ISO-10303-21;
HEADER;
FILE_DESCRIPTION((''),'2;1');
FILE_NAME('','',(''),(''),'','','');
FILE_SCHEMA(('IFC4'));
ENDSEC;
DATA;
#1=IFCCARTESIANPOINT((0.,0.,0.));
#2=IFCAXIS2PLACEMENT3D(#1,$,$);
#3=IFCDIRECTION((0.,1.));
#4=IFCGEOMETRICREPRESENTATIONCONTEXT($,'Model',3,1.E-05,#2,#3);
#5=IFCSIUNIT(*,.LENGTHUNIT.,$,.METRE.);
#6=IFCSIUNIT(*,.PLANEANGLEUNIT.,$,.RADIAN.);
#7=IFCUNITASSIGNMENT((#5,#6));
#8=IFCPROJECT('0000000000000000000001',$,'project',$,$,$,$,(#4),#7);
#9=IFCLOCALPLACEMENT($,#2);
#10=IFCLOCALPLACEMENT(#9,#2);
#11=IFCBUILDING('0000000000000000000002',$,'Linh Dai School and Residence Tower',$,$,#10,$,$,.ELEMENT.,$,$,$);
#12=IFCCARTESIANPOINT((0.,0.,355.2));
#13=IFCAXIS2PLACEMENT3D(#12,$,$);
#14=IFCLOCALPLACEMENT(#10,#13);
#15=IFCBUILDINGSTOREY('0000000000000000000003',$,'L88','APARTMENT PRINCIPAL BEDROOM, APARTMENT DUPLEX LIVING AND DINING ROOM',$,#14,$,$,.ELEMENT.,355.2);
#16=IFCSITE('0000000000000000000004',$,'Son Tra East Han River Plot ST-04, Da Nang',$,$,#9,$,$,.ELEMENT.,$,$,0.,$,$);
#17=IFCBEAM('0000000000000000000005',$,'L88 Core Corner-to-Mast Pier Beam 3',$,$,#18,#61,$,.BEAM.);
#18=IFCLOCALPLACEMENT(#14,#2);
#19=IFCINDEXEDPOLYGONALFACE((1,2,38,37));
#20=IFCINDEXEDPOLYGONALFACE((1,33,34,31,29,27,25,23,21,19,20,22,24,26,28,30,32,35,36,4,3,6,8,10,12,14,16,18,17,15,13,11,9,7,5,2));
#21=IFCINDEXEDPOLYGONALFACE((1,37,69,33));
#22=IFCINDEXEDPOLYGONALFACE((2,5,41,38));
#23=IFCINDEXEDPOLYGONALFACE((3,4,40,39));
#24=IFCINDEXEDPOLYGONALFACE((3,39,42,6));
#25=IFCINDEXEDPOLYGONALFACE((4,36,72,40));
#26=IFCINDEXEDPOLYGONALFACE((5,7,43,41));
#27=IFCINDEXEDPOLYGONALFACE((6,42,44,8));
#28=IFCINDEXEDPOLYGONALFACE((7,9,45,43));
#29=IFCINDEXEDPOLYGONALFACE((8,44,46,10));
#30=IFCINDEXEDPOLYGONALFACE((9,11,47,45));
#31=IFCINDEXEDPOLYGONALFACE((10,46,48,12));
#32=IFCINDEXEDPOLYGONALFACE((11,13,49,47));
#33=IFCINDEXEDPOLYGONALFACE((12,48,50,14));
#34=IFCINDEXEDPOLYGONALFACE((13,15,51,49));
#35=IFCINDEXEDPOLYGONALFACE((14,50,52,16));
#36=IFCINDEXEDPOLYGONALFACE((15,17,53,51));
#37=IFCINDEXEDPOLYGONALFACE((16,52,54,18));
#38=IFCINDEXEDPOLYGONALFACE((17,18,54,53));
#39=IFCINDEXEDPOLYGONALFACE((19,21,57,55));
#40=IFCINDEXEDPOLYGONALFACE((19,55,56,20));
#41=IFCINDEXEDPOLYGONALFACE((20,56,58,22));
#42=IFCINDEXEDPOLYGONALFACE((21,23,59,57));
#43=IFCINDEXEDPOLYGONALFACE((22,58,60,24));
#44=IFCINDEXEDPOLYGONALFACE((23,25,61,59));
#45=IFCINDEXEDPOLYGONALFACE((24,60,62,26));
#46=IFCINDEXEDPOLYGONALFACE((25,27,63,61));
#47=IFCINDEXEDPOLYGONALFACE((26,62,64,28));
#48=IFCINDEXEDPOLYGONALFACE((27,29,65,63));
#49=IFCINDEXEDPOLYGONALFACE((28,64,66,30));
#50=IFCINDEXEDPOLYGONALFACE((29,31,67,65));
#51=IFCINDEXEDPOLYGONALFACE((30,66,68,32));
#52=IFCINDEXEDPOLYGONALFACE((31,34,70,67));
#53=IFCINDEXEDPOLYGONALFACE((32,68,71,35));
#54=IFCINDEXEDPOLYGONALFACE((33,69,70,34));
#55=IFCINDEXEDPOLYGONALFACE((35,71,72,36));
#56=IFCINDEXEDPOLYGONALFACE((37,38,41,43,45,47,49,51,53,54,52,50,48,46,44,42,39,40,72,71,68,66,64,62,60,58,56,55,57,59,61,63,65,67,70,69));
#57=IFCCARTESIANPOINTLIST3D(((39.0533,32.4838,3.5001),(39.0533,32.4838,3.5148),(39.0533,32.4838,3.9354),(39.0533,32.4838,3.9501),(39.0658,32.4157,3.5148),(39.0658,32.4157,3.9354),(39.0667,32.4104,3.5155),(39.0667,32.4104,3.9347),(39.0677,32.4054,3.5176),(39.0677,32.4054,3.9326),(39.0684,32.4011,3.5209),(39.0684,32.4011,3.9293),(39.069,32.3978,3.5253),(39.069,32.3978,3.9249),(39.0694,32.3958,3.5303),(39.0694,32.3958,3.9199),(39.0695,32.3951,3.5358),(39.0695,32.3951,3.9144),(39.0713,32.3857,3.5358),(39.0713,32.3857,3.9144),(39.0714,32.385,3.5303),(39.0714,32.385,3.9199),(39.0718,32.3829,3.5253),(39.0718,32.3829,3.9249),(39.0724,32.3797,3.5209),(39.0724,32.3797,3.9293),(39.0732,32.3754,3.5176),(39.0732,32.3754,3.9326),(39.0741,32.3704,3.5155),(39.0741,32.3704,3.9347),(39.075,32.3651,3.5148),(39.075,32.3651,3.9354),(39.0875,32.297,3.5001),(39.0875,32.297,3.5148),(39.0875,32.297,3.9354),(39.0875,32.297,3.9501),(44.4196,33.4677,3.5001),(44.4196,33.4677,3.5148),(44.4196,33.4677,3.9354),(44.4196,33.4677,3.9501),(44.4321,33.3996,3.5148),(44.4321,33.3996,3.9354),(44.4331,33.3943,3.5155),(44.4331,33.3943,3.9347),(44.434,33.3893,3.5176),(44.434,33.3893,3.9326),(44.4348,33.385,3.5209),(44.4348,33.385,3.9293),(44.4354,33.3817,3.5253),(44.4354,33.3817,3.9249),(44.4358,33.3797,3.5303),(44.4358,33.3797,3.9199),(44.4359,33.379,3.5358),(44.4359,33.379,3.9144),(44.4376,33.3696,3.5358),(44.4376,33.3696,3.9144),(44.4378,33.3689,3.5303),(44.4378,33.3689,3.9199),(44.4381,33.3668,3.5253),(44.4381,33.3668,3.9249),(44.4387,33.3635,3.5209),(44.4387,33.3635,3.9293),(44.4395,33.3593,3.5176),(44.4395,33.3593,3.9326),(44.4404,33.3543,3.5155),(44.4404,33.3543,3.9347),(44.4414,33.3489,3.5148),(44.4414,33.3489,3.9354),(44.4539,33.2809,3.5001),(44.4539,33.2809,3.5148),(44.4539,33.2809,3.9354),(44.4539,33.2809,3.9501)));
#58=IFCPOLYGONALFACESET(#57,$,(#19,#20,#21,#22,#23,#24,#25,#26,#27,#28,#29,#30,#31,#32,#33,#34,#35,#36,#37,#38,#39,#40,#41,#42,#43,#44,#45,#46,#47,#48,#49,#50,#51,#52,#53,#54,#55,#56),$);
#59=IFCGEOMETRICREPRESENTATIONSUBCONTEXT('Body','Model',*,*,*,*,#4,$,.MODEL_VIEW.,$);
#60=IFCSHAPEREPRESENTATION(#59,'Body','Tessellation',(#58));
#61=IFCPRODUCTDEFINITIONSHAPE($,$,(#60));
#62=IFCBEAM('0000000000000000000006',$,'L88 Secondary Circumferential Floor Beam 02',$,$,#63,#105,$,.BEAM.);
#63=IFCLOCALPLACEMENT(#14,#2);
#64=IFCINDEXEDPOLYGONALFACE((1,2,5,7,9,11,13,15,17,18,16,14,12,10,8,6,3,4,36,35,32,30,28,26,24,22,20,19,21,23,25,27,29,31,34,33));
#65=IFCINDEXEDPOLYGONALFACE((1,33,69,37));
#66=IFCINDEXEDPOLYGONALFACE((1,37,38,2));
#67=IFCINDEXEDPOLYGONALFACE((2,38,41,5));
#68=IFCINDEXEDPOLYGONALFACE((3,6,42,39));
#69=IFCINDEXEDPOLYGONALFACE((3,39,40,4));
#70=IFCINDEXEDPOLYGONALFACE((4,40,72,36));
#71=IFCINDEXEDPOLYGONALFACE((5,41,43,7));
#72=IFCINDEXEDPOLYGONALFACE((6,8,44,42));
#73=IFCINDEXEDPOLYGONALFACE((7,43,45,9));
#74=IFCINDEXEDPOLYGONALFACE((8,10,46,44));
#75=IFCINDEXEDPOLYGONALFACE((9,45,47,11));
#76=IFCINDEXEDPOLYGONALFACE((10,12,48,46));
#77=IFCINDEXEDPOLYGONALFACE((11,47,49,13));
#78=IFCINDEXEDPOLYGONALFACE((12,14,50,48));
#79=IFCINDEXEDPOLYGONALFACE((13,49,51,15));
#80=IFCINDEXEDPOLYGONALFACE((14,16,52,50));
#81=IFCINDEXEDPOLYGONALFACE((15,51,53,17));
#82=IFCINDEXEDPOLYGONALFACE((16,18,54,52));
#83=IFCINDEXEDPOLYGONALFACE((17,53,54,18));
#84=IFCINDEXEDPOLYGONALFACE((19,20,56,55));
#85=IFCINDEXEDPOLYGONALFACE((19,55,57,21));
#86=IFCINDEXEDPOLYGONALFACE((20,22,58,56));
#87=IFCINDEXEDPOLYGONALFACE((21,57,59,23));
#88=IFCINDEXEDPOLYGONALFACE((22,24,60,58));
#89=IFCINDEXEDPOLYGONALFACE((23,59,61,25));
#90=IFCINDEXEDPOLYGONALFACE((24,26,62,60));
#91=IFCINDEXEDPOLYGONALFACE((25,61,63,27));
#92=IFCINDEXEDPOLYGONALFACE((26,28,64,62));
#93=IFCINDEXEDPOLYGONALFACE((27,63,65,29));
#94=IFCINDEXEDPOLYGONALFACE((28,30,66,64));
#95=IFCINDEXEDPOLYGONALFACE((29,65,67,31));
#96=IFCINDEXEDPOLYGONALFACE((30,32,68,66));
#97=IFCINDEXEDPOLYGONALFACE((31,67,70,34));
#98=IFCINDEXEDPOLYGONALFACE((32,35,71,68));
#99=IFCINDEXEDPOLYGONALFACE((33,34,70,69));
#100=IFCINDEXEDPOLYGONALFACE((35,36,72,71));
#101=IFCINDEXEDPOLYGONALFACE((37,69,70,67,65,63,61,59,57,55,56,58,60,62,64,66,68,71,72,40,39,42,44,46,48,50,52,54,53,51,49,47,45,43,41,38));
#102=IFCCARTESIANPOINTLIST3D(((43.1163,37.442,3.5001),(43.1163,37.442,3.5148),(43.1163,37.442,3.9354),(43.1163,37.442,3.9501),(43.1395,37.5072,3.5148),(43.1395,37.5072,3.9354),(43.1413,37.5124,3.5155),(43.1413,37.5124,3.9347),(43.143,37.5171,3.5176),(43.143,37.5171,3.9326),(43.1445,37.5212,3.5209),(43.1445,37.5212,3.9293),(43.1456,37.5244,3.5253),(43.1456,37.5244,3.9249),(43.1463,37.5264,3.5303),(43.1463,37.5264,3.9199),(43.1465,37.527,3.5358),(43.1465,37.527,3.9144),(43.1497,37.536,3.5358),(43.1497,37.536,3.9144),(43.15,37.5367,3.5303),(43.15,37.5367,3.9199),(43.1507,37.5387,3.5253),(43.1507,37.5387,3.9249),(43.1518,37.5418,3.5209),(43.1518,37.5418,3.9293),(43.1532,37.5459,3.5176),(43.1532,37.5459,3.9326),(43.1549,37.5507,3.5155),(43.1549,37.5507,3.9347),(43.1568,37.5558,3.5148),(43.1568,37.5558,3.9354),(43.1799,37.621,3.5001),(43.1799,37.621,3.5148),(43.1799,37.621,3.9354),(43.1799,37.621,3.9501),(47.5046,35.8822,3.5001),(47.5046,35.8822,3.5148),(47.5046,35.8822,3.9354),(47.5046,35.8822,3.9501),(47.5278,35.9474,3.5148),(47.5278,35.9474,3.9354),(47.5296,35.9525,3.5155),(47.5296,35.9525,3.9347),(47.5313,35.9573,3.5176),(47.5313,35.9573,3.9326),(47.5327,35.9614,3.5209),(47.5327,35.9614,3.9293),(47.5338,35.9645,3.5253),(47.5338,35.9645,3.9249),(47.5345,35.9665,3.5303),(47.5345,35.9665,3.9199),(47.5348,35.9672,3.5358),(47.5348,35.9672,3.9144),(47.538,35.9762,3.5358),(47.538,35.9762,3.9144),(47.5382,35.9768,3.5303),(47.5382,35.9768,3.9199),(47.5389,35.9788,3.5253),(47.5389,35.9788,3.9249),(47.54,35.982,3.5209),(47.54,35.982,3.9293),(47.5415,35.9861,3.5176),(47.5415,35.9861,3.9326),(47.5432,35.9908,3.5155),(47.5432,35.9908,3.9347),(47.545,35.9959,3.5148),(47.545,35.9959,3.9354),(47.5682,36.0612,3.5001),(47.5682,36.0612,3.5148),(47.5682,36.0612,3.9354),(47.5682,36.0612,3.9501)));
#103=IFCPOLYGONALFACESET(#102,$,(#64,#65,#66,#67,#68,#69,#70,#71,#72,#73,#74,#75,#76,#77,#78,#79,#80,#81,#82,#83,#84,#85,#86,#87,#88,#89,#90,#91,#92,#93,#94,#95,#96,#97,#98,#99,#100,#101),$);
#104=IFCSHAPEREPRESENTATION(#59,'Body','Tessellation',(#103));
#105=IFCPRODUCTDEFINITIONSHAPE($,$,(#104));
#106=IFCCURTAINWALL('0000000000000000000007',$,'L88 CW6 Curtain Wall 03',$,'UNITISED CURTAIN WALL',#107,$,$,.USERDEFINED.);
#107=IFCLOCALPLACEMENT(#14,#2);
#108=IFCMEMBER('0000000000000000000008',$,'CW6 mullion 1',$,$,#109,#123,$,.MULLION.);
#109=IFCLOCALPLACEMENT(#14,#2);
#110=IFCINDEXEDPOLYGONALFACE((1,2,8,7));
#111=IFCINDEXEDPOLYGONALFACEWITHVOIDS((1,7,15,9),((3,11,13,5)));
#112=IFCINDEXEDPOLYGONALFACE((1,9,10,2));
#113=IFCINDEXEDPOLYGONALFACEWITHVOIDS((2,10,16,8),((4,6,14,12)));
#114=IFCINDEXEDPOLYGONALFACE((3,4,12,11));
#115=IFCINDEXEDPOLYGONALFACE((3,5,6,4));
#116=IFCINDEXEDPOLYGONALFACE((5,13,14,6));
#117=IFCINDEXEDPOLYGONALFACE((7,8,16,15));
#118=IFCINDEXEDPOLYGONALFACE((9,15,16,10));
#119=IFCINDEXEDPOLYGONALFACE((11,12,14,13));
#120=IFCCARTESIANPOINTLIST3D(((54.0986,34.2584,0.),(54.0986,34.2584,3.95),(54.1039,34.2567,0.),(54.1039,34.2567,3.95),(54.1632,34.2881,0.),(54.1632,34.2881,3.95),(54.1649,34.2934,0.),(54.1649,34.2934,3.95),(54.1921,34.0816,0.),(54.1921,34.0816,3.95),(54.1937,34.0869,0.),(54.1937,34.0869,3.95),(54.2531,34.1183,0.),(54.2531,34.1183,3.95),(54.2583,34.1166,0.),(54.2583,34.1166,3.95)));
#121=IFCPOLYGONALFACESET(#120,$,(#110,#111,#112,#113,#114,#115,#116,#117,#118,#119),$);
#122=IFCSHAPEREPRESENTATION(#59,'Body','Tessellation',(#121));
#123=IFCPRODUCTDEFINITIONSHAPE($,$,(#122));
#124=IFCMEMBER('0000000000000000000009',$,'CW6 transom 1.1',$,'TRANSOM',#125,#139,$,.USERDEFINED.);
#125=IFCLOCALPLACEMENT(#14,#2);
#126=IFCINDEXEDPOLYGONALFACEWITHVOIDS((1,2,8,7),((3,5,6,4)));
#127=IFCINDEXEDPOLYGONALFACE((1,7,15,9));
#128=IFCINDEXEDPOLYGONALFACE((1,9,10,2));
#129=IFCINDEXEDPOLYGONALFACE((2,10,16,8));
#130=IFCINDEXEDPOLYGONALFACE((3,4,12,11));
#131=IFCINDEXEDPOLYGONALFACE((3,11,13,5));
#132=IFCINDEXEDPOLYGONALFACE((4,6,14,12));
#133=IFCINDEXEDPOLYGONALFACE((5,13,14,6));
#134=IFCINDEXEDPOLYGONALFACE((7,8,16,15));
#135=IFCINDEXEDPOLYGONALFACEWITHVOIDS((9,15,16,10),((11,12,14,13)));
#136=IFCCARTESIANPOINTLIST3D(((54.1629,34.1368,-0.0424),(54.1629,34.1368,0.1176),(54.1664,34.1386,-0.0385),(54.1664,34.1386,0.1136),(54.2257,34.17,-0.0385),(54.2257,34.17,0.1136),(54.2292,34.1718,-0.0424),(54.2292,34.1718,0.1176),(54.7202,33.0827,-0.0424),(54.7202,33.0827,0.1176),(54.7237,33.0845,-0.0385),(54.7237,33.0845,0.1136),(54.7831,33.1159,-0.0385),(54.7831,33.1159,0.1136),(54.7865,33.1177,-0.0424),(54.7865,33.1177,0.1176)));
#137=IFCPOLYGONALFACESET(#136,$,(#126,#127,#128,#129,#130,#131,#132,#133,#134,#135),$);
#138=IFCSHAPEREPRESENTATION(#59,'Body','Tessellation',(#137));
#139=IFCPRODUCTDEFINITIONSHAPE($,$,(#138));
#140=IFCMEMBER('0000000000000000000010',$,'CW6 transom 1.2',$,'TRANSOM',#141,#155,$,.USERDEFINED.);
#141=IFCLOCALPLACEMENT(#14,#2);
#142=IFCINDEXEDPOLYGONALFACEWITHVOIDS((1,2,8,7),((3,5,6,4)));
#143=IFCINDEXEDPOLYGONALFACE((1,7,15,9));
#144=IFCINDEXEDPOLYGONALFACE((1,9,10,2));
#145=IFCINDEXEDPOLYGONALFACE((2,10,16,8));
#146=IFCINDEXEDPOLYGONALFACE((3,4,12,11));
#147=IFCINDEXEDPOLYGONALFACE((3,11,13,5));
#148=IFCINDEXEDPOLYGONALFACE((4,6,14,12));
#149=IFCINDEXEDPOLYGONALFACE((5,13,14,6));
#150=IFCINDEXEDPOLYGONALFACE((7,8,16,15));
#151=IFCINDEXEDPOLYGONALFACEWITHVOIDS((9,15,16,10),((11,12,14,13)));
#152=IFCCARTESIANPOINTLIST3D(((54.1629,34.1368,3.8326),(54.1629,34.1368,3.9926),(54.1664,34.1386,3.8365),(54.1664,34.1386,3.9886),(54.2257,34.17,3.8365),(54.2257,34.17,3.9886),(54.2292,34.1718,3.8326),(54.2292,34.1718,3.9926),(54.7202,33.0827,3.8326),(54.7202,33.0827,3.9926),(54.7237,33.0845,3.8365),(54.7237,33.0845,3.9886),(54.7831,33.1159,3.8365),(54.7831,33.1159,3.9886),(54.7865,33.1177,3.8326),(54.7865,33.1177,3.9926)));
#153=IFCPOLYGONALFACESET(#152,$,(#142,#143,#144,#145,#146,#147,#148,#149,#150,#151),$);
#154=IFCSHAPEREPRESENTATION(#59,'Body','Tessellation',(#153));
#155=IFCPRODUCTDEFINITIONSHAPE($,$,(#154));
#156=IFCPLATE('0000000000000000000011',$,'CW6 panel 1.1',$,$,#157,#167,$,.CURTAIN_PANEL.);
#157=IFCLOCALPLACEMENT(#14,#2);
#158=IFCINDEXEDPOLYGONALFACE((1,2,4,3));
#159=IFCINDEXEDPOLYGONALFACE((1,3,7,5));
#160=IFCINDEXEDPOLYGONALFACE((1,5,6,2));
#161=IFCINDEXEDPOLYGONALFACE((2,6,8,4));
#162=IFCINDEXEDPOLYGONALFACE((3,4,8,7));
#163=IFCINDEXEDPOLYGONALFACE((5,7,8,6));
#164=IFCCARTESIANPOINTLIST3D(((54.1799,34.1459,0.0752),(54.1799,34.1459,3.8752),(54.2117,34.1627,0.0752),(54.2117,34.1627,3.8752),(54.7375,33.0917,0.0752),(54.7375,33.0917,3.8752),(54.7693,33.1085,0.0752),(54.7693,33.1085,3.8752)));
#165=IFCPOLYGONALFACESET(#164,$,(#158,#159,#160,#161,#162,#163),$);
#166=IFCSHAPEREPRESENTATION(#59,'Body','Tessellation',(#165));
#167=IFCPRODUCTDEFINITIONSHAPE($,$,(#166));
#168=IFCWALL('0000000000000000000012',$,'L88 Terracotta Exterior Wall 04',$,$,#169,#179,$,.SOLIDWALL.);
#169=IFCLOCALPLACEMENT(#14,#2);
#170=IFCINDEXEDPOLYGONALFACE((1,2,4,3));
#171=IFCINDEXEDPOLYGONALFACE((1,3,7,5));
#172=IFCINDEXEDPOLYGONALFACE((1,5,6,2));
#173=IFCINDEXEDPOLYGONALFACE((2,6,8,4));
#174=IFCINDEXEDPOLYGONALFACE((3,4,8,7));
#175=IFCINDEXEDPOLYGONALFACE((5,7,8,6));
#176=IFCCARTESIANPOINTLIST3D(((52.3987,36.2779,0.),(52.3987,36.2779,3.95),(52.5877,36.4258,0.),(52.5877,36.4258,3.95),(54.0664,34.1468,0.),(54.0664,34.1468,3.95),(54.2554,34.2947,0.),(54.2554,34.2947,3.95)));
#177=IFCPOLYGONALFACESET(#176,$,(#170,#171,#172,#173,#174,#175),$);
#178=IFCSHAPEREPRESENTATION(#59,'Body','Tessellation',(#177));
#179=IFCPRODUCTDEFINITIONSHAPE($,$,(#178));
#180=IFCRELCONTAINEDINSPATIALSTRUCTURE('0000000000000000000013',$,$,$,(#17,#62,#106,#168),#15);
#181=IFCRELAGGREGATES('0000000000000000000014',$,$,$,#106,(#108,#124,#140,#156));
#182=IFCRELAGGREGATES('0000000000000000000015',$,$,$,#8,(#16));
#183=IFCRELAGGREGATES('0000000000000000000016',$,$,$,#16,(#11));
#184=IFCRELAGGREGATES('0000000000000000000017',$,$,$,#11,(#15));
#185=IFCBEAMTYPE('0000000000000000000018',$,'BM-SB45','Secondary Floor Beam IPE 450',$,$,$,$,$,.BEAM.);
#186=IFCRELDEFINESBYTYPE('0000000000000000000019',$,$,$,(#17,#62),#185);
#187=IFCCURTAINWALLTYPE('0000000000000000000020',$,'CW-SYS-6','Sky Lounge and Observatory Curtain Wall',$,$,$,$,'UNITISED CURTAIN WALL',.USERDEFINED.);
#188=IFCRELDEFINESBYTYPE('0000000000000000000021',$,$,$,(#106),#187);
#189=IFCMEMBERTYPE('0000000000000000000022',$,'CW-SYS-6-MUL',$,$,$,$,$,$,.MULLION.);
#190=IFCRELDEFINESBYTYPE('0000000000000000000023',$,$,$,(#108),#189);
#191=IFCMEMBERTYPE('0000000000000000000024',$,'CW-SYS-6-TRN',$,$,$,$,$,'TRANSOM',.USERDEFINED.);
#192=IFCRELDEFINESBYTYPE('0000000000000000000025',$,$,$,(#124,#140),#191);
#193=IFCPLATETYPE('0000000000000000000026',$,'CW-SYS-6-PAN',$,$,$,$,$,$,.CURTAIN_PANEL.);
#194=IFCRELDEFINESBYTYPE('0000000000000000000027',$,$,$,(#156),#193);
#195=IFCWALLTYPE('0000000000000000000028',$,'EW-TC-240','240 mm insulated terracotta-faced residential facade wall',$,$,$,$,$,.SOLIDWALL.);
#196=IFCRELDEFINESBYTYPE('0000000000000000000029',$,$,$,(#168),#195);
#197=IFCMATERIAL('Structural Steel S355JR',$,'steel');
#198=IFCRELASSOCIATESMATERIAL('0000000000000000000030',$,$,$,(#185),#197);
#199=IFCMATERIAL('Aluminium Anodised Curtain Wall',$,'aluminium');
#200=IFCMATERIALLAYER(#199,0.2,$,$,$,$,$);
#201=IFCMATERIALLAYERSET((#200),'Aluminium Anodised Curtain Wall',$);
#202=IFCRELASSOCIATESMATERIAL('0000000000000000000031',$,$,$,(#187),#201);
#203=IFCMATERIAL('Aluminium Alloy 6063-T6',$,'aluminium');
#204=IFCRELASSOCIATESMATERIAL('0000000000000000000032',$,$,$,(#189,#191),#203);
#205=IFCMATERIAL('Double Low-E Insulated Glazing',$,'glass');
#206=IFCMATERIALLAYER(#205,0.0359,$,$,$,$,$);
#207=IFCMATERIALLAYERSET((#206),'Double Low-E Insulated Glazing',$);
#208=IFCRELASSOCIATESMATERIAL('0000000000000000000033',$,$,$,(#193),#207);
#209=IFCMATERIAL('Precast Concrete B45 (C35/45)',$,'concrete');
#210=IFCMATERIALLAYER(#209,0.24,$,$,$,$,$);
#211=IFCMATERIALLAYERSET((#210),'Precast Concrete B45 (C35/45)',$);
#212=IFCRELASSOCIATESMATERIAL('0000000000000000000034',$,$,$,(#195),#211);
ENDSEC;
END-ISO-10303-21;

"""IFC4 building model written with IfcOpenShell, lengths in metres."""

from ifc_helpers import new_model, si_unit, direction, frame, frame_2d, origin, origin_2d, place, context, subcontext, project, spatial, rectangle, hollow_rectangle, i_section, extrude, source, transform, mapped, material, layer, layer_set, material_profile, profile_set, type_object, element, aggregate, save


model = new_model("IFC4")

# Units and contexts
model_context = context("Model", 3, precision=1e-05, world=origin(), true_north=direction((0.0, 1.0)))
body_context = subcontext(model_context, "Body", "Model", "MODEL_VIEW")
ifc_project = project(units=[si_unit("LENGTHUNIT", "METRE"), si_unit("PLANEANGLEUNIT", "RADIAN")], contexts=[model_context])

# Site, building, storey
site_placement = place(None, origin())
site = spatial("IfcSite", under=ifc_project, at=site_placement, Name="Son Tra East Han River Plot ST-04, Da Nang", CompositionType="ELEMENT", RefElevation=0.0)
building_placement = place(site_placement, origin())
building = spatial("IfcBuilding", under=site, at=building_placement, Name="Linh Dai School and Residence Tower", CompositionType="ELEMENT")
storey_placement = place(building_placement, frame((0.0, 0.0, 355.2)))
storey = spatial("IfcBuildingStorey", under=building, at=storey_placement, Name="L88", Description="APARTMENT PRINCIPAL BEDROOM, APARTMENT DUPLEX LIVING AND DINING ROOM", CompositionType="ELEMENT", Elevation=355.2)

# Shared definitions
ifc_material_1 = material(Name="Structural Steel S355JR", Category="steel")

# Beams
ifc_material_profile_1 = material_profile(ifc_material_1, i_section(OverallWidth=0.1899, OverallDepth=0.45, WebThickness=0.0095, FlangeThickness=0.0146, FilletRadius=0.021, at=origin_2d()), Name="IPE 450")
ifc_profile_set_1 = profile_set([ifc_material_profile_1], Name="Structural Steel S355JR")
beam_type_1 = type_object("IfcBeamType", Name="BM-SB45", Description="Secondary Floor Beam IPE 450", PredefinedType="BEAM", material=ifc_profile_set_1)
beam_1_placement = place(storey_placement, frame((44.4368, 33.3743, 3.7251), z_axis=(-0.983605, -0.180334, 0.0), x_axis=(0.180334, -0.983605, 0.0)))
element("IfcBeam", 1, at=beam_1_placement, inside=storey, type_object=beam_type_1, Name="L88 Core Corner-to-Mast Pier Beam 3", PredefinedType="BEAM", context=body_context, shape_type="SweptSolid", body=[
    extrude(i_section(OverallWidth=0.1899, OverallDepth=0.45, WebThickness=0.0095, FlangeThickness=0.0146, FilletRadius=0.021, at=origin_2d()), origin(), (0.0, 0.0, 1.0), 5.4558),
])
beam_2_placement = place(storey_placement, frame((47.5364, 35.9717, 3.7251), z_axis=(-0.942244, 0.334928, 0.0), x_axis=(-0.334928, -0.942244, 0.0)))
element("IfcBeam", 2, at=beam_2_placement, inside=storey, type_object=beam_type_1, Name="L88 Secondary Circumferential Floor Beam 02", PredefinedType="BEAM", context=body_context, shape_type="SweptSolid", body=[
    extrude(i_section(OverallWidth=0.1899, OverallDepth=0.45, WebThickness=0.0095, FlangeThickness=0.0146, FilletRadius=0.021, at=origin_2d()), origin(), (0.0, 0.0, 1.0), 4.6572),
])

# Curtain wall, members, plate
ifc_material_2 = material(Name="Aluminium Anodised Curtain Wall", Category="aluminium")
ifc_layer_1 = layer(ifc_material_2, 0.2)
ifc_layer_set_1 = layer_set([ifc_layer_1], Name="Aluminium Anodised Curtain Wall")
curtain_wall_type = type_object("IfcCurtainWallType", Name="CW-SYS-6", Description="Sky Lounge and Observatory Curtain Wall", ElementType="UNITISED CURTAIN WALL", PredefinedType="USERDEFINED", material=ifc_layer_set_1)
curtain_wall_placement = place(storey_placement, origin())
curtain_wall = element("IfcCurtainWall", 3, at=curtain_wall_placement, inside=storey, type_object=curtain_wall_type, Name="L88 CW6 Curtain Wall 03", ObjectType="UNITISED CURTAIN WALL", PredefinedType="USERDEFINED")
ifc_material_3 = material(Name="Aluminium Alloy 6063-T6", Category="aluminium")
ifc_material_profile_2 = material_profile(ifc_material_3, hollow_rectangle(XDim=0.075, YDim=0.2, WallThickness=0.0039, at=origin_2d()), Name="RHS 200x75x4")
ifc_profile_set_2 = profile_set([ifc_material_profile_2], Name="Aluminium Alloy 6063-T6")
member_type_1 = type_object("IfcMemberType", Name="CW-SYS-6-MUL", PredefinedType="MULLION", material=ifc_profile_set_2)
shared_shape_1 = source(origin(), body_context, "Body", "SweptSolid", [
    extrude(hollow_rectangle(XDim=0.075, YDim=0.2, WallThickness=0.0039, at=origin_2d()), origin(), (0.0, 0.0, 1.0), 3.95),
])
member_1_placement = place(storey_placement, frame((54.1785, 34.1875, 0.0), z_axis=(0.0, 0.0, 1.0), x_axis=(0.883972, 0.46754, 0.0)))
member_1 = element("IfcMember", 4, at=member_1_placement, type_object=member_type_1, Name="CW6 mullion 1", PredefinedType="MULLION", context=body_context, shape_type="MappedRepresentation", body=[
    mapped(shared_shape_1, transform((0.0, 0.0, 0.0), x_axis=(1.0, 0.0, 0.0), y_axis=(0.0, 1.0, 0.0), z_axis=(0.0, 0.0, 1.0), scale=1.0)),
])
ifc_material_profile_3 = material_profile(ifc_material_3, hollow_rectangle(XDim=0.075, YDim=0.1599, WallThickness=0.0039, at=origin_2d()), Name="RHS 160x75x4")
ifc_profile_set_3 = profile_set([ifc_material_profile_3], Name="Aluminium Alloy 6063-T6")
member_type_2 = type_object("IfcMemberType", Name="CW-SYS-6-TRN", ElementType="TRANSOM", PredefinedType="USERDEFINED", material=ifc_profile_set_3)
shared_shape_2 = source(origin(), body_context, "Body", "SweptSolid", [
    extrude(hollow_rectangle(XDim=0.075, YDim=0.1599, WallThickness=0.0039, at=origin_2d()), origin(), (0.0, 0.0, 1.0), 1.1924),
])
member_2_placement = place(storey_placement, frame((54.196, 34.1543, 0.0376), z_axis=(0.467408, -0.884042, 0.0), x_axis=(0.884042, 0.467408, 0.0)))
member_2 = element("IfcMember", 5, at=member_2_placement, type_object=member_type_2, Name="CW6 transom 1.1", ObjectType="TRANSOM", PredefinedType="USERDEFINED", context=body_context, shape_type="MappedRepresentation", body=[
    mapped(shared_shape_2, transform((0.0, 0.0, 0.0), x_axis=(1.0, 0.0, 0.0), y_axis=(0.0, 1.0, 0.0), z_axis=(0.0, 0.0, 1.0), scale=1.0)),
])
member_3_placement = place(storey_placement, frame((54.196, 34.1543, 3.9126), z_axis=(0.467408, -0.884042, 0.0), x_axis=(0.884042, 0.467408, 0.0)))
member_3 = element("IfcMember", 6, at=member_3_placement, type_object=member_type_2, Name="CW6 transom 1.2", ObjectType="TRANSOM", PredefinedType="USERDEFINED", context=body_context, shape_type="MappedRepresentation", body=[
    mapped(shared_shape_2, transform((0.0, 0.0, 0.0), x_axis=(1.0, 0.0, 0.0), y_axis=(0.0, 1.0, 0.0), z_axis=(0.0, 0.0, 1.0), scale=1.0)),
])
ifc_material_4 = material(Name="Double Low-E Insulated Glazing", Category="glass")
ifc_layer_2 = layer(ifc_material_4, 0.0359)
ifc_layer_set_2 = layer_set([ifc_layer_2], Name="Double Low-E Insulated Glazing")
plate_type = type_object("IfcPlateType", Name="CW-SYS-6-PAN", PredefinedType="CURTAIN_PANEL", material=ifc_layer_set_2)
shared_shape_3 = source(origin(), body_context, "Body", "SweptSolid", [
    extrude(rectangle(XDim=1.1926, YDim=0.0359, at=origin_2d()), origin(), (0.0, 0.0, 1.0), 3.8),
])
plate_placement = place(storey_placement, frame((54.4746, 33.6272, 0.0752), z_axis=(0.0, 0.0, 1.0), x_axis=(0.46754, -0.883972, 0.0)))
plate = element("IfcPlate", 7, at=plate_placement, type_object=plate_type, Name="CW6 panel 1.1", PredefinedType="CURTAIN_PANEL", context=body_context, shape_type="MappedRepresentation", body=[
    mapped(shared_shape_3, transform((0.0, 0.0, 0.0), x_axis=(1.0, 0.0, 0.0), y_axis=(0.0, 1.0, 0.0), z_axis=(0.0, 0.0, 1.0), scale=1.0)),
])
aggregate(curtain_wall, [member_1, member_2, member_3, plate])

# Wall
ifc_material_5 = material(Name="Precast Concrete B45 (C35/45)", Category="concrete")
ifc_layer_3 = layer(ifc_material_5, 0.24)
ifc_layer_set_3 = layer_set([ifc_layer_3], Name="Precast Concrete B45 (C35/45)")
wall_type_1 = type_object("IfcWallType", Name="EW-TC-240", Description="240 mm insulated terracotta-faced residential facade wall", PredefinedType="SOLIDWALL", material=ifc_layer_set_3)
wall_1_placement = place(storey_placement, frame((52.4932, 36.3518, 0.0), z_axis=(0.0, 0.0, 1.0), x_axis=(0.616286, -0.787522, 0.0)))
element("IfcWall", 8, at=wall_1_placement, inside=storey, type_object=wall_type_1, Name="L88 Terracotta Exterior Wall 04", PredefinedType="SOLIDWALL", context=body_context, shape_type="SweptSolid", body=[
    extrude(rectangle(XDim=2.7061, YDim=0.24, at=frame_2d((1.353, 0.0))), origin(), (0.0, 0.0, 1.0), 3.95),
])

save(model, "model.ifc")
